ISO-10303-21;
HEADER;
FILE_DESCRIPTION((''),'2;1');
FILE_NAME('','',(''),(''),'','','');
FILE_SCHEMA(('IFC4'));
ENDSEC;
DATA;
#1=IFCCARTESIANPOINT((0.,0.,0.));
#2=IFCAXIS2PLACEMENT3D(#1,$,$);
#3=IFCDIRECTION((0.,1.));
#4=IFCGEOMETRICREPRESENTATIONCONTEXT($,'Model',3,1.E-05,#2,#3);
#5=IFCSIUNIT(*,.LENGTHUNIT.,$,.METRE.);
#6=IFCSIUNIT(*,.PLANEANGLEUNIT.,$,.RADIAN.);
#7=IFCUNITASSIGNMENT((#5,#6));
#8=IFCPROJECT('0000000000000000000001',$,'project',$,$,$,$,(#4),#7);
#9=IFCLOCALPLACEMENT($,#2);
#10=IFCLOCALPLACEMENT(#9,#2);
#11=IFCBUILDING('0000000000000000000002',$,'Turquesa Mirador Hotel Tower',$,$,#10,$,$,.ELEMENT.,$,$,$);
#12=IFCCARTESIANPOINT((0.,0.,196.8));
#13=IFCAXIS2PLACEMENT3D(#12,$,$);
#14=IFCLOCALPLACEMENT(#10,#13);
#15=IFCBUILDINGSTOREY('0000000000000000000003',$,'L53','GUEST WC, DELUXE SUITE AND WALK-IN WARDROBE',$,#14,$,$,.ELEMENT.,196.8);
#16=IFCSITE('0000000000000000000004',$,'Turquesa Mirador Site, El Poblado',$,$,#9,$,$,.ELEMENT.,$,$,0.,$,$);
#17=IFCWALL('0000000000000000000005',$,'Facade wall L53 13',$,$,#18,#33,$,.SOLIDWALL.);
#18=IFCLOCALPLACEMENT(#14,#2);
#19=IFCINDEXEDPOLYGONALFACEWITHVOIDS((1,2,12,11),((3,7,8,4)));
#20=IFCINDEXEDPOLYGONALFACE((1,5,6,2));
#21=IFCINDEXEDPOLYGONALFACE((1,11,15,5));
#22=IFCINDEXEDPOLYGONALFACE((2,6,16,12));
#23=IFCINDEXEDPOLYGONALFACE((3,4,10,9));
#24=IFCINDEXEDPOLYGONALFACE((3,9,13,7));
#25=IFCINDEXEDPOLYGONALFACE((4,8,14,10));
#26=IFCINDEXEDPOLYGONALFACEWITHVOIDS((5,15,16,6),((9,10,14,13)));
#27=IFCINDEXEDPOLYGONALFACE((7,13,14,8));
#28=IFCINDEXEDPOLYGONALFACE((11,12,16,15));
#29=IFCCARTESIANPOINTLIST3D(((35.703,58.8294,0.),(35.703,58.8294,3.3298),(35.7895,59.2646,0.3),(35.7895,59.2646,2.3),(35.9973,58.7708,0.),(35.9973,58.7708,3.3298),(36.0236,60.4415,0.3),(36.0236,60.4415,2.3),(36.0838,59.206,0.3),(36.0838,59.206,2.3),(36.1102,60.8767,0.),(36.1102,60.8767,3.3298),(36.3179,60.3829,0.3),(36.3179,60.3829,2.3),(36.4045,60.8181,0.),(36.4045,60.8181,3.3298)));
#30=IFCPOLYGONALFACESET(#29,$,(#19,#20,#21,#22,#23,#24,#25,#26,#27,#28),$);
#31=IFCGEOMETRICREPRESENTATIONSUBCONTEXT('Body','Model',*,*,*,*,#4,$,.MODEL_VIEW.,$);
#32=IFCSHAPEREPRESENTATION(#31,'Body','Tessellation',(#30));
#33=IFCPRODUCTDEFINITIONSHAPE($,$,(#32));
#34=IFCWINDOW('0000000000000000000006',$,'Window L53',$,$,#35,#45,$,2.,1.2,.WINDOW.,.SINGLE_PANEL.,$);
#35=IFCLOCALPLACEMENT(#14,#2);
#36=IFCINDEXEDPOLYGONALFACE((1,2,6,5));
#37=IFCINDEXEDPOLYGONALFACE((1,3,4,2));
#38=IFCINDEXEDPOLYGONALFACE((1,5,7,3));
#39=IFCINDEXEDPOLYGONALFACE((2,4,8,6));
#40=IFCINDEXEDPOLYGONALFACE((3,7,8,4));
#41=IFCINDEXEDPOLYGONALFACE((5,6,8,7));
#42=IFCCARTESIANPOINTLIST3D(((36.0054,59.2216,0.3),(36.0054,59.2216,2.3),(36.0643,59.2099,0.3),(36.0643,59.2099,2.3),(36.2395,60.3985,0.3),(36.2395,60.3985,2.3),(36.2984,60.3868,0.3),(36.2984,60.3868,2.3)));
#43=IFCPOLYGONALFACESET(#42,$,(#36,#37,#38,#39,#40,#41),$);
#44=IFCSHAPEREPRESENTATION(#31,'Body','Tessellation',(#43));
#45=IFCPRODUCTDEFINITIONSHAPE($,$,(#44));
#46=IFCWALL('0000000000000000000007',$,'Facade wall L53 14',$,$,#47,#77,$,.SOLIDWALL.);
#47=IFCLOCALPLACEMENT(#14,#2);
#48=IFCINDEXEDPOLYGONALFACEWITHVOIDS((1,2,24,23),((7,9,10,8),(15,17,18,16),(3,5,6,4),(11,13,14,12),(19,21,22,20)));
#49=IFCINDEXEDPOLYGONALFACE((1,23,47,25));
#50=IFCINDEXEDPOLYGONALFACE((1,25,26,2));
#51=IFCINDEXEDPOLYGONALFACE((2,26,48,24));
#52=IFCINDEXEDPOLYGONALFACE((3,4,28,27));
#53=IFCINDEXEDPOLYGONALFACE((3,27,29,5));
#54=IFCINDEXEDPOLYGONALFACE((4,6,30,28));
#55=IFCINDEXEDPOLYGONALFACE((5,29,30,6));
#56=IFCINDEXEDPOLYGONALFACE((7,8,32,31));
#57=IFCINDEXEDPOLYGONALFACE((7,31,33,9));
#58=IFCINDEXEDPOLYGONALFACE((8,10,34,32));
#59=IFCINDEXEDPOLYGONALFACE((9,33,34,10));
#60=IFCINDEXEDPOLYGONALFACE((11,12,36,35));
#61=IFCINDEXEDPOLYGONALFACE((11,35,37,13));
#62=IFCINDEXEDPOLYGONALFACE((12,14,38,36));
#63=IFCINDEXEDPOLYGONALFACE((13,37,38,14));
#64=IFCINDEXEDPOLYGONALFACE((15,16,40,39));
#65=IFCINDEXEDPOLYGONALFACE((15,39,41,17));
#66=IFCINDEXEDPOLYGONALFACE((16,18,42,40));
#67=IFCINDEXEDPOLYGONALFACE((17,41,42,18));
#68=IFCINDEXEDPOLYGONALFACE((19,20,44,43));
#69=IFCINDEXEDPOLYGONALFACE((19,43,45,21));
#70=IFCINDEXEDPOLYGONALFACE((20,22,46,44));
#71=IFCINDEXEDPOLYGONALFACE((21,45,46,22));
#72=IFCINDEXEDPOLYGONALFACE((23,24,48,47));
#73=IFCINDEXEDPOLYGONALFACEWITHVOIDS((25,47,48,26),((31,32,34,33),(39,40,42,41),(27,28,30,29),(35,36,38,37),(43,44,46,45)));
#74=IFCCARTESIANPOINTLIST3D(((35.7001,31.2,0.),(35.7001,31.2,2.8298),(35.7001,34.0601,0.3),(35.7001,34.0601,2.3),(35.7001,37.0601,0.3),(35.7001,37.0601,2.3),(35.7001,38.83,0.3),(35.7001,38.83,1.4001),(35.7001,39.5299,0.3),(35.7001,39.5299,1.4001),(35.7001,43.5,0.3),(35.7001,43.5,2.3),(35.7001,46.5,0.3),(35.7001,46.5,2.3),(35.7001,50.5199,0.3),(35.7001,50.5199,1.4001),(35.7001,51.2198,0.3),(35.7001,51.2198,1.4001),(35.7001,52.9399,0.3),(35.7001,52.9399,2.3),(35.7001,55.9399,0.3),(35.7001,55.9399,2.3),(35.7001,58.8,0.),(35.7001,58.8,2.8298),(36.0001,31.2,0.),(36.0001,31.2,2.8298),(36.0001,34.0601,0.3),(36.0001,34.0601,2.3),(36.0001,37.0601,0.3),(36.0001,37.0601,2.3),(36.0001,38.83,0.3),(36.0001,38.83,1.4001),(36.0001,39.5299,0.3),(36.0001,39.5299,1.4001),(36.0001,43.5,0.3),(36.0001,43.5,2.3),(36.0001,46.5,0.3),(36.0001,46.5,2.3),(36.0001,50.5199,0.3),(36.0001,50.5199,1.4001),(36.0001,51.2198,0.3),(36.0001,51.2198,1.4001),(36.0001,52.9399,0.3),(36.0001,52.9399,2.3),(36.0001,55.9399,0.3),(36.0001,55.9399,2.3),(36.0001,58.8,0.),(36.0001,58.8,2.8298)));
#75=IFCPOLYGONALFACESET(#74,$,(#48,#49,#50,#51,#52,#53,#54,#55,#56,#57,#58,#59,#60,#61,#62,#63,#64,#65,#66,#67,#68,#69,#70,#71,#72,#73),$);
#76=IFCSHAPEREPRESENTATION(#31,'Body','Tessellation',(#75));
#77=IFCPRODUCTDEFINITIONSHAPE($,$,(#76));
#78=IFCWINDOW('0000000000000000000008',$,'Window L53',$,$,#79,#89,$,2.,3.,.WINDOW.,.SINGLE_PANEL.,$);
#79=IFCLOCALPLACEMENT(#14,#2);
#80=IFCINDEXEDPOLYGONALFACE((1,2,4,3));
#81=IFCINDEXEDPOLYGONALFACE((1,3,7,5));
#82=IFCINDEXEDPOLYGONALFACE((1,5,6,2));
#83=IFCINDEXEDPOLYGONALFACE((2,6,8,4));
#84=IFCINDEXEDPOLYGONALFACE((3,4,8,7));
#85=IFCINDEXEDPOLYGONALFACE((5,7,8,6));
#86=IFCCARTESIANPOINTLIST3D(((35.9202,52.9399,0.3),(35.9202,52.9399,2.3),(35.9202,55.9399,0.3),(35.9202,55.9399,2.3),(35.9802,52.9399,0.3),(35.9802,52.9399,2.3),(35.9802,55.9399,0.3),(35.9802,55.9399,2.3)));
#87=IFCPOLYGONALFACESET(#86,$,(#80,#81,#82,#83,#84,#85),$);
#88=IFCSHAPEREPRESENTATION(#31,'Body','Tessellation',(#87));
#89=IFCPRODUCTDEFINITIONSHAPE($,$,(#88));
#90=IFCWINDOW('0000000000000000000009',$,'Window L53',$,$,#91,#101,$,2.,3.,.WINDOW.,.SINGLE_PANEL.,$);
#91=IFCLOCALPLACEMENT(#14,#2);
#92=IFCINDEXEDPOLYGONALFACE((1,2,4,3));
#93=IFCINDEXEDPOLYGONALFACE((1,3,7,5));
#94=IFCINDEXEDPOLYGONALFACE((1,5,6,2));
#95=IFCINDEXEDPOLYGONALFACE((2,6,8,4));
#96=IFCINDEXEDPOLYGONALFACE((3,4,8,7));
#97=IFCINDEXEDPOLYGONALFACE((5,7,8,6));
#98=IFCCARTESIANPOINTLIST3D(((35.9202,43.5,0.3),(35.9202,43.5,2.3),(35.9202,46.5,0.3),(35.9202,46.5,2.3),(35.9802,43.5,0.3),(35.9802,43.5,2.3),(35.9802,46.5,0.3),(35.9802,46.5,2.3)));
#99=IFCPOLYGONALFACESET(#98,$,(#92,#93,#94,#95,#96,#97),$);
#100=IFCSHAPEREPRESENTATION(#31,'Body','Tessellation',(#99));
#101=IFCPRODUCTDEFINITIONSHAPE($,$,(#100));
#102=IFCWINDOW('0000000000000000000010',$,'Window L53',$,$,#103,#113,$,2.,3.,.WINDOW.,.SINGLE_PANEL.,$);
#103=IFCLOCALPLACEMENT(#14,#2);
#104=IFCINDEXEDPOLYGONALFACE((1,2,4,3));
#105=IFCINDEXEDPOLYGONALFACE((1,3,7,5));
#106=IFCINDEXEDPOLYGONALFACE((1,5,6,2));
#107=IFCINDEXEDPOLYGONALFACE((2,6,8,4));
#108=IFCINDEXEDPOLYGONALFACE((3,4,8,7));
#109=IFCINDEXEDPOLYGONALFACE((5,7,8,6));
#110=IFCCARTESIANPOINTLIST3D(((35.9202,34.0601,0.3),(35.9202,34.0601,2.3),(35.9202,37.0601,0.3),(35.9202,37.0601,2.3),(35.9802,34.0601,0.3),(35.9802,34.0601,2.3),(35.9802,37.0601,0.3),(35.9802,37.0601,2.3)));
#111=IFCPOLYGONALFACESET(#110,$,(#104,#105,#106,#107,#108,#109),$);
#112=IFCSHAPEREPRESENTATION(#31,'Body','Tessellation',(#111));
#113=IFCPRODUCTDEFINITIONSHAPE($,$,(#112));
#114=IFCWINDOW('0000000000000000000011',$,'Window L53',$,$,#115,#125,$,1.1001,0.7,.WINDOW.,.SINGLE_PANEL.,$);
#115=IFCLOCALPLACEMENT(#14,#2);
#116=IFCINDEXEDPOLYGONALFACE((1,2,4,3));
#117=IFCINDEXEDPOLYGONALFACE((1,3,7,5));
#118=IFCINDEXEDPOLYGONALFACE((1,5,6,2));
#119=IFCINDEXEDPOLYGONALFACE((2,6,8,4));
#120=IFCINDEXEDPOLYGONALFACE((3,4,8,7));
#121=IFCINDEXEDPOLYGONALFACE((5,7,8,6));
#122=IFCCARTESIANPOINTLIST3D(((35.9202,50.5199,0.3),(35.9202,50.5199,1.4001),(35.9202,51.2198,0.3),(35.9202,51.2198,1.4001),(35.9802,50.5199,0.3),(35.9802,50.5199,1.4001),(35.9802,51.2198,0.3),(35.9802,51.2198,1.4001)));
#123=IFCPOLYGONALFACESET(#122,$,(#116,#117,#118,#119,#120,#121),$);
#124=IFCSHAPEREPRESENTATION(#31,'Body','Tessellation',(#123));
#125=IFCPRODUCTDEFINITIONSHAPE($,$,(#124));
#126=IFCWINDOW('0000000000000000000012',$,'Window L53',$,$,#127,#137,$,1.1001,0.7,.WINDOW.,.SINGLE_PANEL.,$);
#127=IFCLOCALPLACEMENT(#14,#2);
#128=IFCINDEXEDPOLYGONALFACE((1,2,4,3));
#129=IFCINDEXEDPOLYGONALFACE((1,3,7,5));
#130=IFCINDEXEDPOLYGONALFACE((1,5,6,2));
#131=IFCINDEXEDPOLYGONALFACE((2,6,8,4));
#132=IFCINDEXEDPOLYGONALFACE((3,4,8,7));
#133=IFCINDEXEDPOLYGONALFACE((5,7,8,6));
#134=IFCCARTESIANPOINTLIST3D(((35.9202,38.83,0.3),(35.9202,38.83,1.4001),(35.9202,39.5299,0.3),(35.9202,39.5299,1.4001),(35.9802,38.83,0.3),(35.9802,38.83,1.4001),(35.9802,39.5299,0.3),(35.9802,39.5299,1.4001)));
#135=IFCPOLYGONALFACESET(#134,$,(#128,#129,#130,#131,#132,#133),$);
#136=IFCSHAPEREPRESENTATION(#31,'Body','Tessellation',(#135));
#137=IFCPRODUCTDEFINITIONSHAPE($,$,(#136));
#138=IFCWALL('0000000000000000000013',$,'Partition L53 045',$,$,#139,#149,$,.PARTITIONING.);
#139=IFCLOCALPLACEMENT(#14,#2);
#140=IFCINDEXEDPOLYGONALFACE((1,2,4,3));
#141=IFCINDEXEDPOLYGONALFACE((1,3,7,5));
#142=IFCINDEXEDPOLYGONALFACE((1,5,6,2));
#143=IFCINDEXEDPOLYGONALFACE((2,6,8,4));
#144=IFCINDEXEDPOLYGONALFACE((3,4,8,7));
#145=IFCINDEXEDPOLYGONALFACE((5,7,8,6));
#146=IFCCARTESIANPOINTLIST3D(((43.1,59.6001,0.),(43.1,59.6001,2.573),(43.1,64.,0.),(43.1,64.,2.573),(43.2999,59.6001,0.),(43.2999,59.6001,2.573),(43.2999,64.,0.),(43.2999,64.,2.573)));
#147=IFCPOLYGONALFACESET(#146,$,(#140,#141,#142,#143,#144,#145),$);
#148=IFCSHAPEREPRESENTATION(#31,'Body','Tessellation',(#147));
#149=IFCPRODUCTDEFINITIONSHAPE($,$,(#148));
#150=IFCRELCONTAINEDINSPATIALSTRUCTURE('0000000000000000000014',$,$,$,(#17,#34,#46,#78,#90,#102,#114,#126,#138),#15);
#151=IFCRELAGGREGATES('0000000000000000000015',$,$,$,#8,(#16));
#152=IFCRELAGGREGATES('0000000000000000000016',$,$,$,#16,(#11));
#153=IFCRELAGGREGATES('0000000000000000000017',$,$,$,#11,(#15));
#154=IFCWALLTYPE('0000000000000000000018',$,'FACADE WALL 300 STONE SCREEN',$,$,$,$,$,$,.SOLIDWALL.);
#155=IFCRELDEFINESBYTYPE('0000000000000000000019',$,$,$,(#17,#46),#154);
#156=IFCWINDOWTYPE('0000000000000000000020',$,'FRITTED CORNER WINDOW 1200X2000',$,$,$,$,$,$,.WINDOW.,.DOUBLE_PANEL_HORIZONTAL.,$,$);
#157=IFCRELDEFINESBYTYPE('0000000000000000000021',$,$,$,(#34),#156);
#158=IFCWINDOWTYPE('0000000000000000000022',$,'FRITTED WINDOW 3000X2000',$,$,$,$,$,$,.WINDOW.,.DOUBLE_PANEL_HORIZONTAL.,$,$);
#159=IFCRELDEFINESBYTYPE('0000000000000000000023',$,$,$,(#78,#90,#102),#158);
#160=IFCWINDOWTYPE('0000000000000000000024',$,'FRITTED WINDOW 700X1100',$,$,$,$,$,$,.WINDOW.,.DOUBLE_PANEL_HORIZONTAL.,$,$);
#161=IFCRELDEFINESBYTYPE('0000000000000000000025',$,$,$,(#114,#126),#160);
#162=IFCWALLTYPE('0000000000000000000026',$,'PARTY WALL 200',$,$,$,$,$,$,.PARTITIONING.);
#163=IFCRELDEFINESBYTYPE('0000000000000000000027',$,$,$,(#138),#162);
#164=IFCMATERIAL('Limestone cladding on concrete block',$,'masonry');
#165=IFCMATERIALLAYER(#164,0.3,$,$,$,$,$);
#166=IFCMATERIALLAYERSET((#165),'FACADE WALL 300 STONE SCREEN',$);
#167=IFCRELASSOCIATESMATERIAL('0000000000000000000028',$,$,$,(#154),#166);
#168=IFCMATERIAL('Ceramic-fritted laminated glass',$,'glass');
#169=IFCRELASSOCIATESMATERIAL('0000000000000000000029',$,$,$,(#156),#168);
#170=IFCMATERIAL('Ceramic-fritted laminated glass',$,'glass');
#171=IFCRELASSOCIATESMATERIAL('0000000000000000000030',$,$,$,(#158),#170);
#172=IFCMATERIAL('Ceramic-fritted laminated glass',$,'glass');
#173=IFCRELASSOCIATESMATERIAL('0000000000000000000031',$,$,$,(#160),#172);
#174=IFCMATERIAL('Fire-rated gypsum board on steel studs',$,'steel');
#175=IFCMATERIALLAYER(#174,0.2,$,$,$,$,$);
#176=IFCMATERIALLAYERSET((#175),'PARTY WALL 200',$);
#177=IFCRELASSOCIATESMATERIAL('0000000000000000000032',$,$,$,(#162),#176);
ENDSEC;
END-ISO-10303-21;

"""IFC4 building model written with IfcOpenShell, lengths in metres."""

from ifc_helpers import new_model, si_unit, direction, frame, frame_2d, origin, place, context, subcontext, project, spatial, rectangle, extrude, material, layer, layer_set, type_object, element, fill, save


model = new_model("IFC4")

# Units and contexts
model_context = context("Model", 3, precision=1e-05, world=origin(), true_north=direction((0.0, 1.0)))
body_context = subcontext(model_context, "Body", "Model", "MODEL_VIEW")
ifc_project = project(units=[si_unit("LENGTHUNIT", "METRE"), si_unit("PLANEANGLEUNIT", "RADIAN")], contexts=[model_context])

# Site, building, storey
site_placement = place(None, origin())
site = spatial("IfcSite", under=ifc_project, at=site_placement, Name="Turquesa Mirador Site, El Poblado", CompositionType="ELEMENT", RefElevation=0.0)
building_placement = place(site_placement, origin())
building = spatial("IfcBuilding", under=site, at=building_placement, Name="Turquesa Mirador Hotel Tower", CompositionType="ELEMENT")
storey_placement = place(building_placement, frame((0.0, 0.0, 196.8)))
storey = spatial("IfcBuildingStorey", under=building, at=storey_placement, Name="L53", Description="GUEST WC, DELUXE SUITE AND WALK-IN WARDROBE", CompositionType="ELEMENT", Elevation=196.8)

# Wall, opening, window
ifc_material_1 = material(Name="Limestone cladding on concrete block", Category="masonry")
ifc_layer_1 = layer(ifc_material_1, 0.3)
ifc_layer_set_1 = layer_set([ifc_layer_1], Name="FACADE WALL 300 STONE SCREEN")
wall_type_1 = type_object("IfcWallType", Name="FACADE WALL 300 STONE SCREEN", PredefinedType="SOLIDWALL", material=ifc_layer_set_1)
ifc_material_2 = material(Name="Ceramic-fritted laminated glass", Category="glass")
window_type_1 = type_object("IfcWindowType", Name="FRITTED CORNER WINDOW 1200X2000", PartitioningType="DOUBLE_PANEL_HORIZONTAL", PredefinedType="WINDOW", material=ifc_material_2)
wall_1_placement = place(storey_placement, frame((36.2573, 60.8474, 0.0), z_axis=(0.0, 0.0, 1.0), x_axis=(-0.195081, -0.980787, 0.0)))
wall_1 = element("IfcWall", 1, at=wall_1_placement, inside=storey, type_object=wall_type_1, Name="Facade wall L53 13", PredefinedType="SOLIDWALL", context=body_context, shape_type="SweptSolid", body=[
    extrude(rectangle(XDim=2.0874, YDim=0.3, at=frame_2d((1.0437, 0.0))), origin(), (0.0, 0.0, 1.0), 3.3298),
])
opening_1_placement = place(wall_1_placement, frame((0.4436, 0.0, 0.3)))
opening_1 = element("IfcOpeningElement", 2, at=opening_1_placement, cuts=wall_1, PredefinedType="OPENING", context=body_context, shape_type="SweptSolid", body=[
    extrude(rectangle(XDim=1.2, YDim=2.0, at=frame_2d((0.6001, 1.0))), frame((0.0, 0.1599, 0.0), z_axis=(0.0, -1.0, 0.0), x_axis=(1.0, 0.0, 0.0)), (0.0, 0.0, 1.0), 0.3201),
])
window_1_placement = place(opening_1_placement, origin())
window_1 = element("IfcWindow", 3, at=window_1_placement, inside=storey, type_object=window_type_1, Name="Window L53", OverallHeight=2.0, OverallWidth=1.2, PartitioningType="SINGLE_PANEL", PredefinedType="WINDOW", context=body_context, shape_type="SweptSolid", body=[
    extrude(rectangle(XDim=1.2, YDim=2.0, at=frame_2d((0.6001, 1.0))), frame((0.0, 0.1301, 0.0), z_axis=(0.0, -1.0, 0.0), x_axis=(1.0, 0.0, 0.0)), (0.0, 0.0, 1.0), 0.0601),
])
fill(opening_1, window_1)

# Wall, openings, windows
wall_2_placement = place(storey_placement, frame((35.8501, 58.8, 0.0), z_axis=(0.0, 0.0, 1.0), x_axis=(0.0, -1.0, 0.0)))
wall_2 = element("IfcWall", 4, at=wall_2_placement, inside=storey, type_object=wall_type_1, Name="Facade wall L53 14", PredefinedType="SOLIDWALL", context=body_context, shape_type="SweptSolid", body=[
    extrude(rectangle(XDim=27.6001, YDim=0.3, at=frame_2d((13.8, 0.0))), origin(), (0.0, 0.0, 1.0), 2.8298),
])
opening_2_placement = place(wall_2_placement, frame((2.8601, 0.0, 0.3)))
opening_2 = element("IfcOpeningElement", 5, at=opening_2_placement, cuts=wall_2, PredefinedType="OPENING", context=body_context, shape_type="SweptSolid", body=[
    extrude(rectangle(XDim=3.0, YDim=2.0, at=frame_2d((1.5, 1.0))), frame((0.0, 0.1599, 0.0), z_axis=(0.0, -1.0, 0.0), x_axis=(1.0, 0.0, 0.0)), (0.0, 0.0, 1.0), 0.3201),
])
opening_3_placement = place(wall_2_placement, frame((7.5801, 0.0, 0.3)))
opening_3 = element("IfcOpeningElement", 6, at=opening_3_placement, cuts=wall_2, PredefinedType="OPENING", context=body_context, shape_type="SweptSolid", body=[
    extrude(rectangle(XDim=0.7, YDim=1.1001, at=frame_2d((0.3501, 0.55))), frame((0.0, 0.1599, 0.0), z_axis=(0.0, -1.0, 0.0), x_axis=(1.0, 0.0, 0.0)), (0.0, 0.0, 1.0), 0.3201),
])
opening_4_placement = place(wall_2_placement, frame((12.3, 0.0, 0.3)))
opening_4 = element("IfcOpeningElement", 7, at=opening_4_placement, cuts=wall_2, PredefinedType="OPENING", context=body_context, shape_type="SweptSolid", body=[
    extrude(rectangle(XDim=3.0, YDim=2.0, at=frame_2d((1.5, 1.0))), frame((0.0, 0.1599, 0.0), z_axis=(0.0, -1.0, 0.0), x_axis=(1.0, 0.0, 0.0)), (0.0, 0.0, 1.0), 0.3201),
])
opening_5_placement = place(wall_2_placement, frame((19.27, 0.0, 0.3)))
opening_5 = element("IfcOpeningElement", 8, at=opening_5_placement, cuts=wall_2, PredefinedType="OPENING", context=body_context, shape_type="SweptSolid", body=[
    extrude(rectangle(XDim=0.7, YDim=1.1001, at=frame_2d((0.3501, 0.55))), frame((0.0, 0.1599, 0.0), z_axis=(0.0, -1.0, 0.0), x_axis=(1.0, 0.0, 0.0)), (0.0, 0.0, 1.0), 0.3201),
])
opening_6_placement = place(wall_2_placement, frame((21.74, 0.0, 0.3)))
opening_6 = element("IfcOpeningElement", 9, at=opening_6_placement, cuts=wall_2, PredefinedType="OPENING", context=body_context, shape_type="SweptSolid", body=[
    extrude(rectangle(XDim=3.0, YDim=2.0, at=frame_2d((1.5, 1.0))), frame((0.0, 0.1599, 0.0), z_axis=(0.0, -1.0, 0.0), x_axis=(1.0, 0.0, 0.0)), (0.0, 0.0, 1.0), 0.3201),
])
ifc_material_3 = material(Name="Ceramic-fritted laminated glass", Category="glass")
window_type_2 = type_object("IfcWindowType", Name="FRITTED WINDOW 3000X2000", PartitioningType="DOUBLE_PANEL_HORIZONTAL", PredefinedType="WINDOW", material=ifc_material_3)
window_2_placement = place(opening_2_placement, origin())
window_2 = element("IfcWindow", 10, at=window_2_placement, inside=storey, type_object=window_type_2, Name="Window L53", OverallHeight=2.0, OverallWidth=3.0, PartitioningType="SINGLE_PANEL", PredefinedType="WINDOW", context=body_context, shape_type="SweptSolid", body=[
    extrude(rectangle(XDim=3.0, YDim=2.0, at=frame_2d((1.5, 1.0))), frame((0.0, 0.1301, 0.0), z_axis=(0.0, -1.0, 0.0), x_axis=(1.0, 0.0, 0.0)), (0.0, 0.0, 1.0), 0.0601),
])
fill(opening_2, window_2)
window_3_placement = place(opening_4_placement, origin())
window_3 = element("IfcWindow", 11, at=window_3_placement, inside=storey, type_object=window_type_2, Name="Window L53", OverallHeight=2.0, OverallWidth=3.0, PartitioningType="SINGLE_PANEL", PredefinedType="WINDOW", context=body_context, shape_type="SweptSolid", body=[
    extrude(rectangle(XDim=3.0, YDim=2.0, at=frame_2d((1.5, 1.0))), frame((0.0, 0.1301, 0.0), z_axis=(0.0, -1.0, 0.0), x_axis=(1.0, 0.0, 0.0)), (0.0, 0.0, 1.0), 0.0601),
])
fill(opening_4, window_3)
window_4_placement = place(opening_6_placement, origin())
window_4 = element("IfcWindow", 12, at=window_4_placement, inside=storey, type_object=window_type_2, Name="Window L53", OverallHeight=2.0, OverallWidth=3.0, PartitioningType="SINGLE_PANEL", PredefinedType="WINDOW", context=body_context, shape_type="SweptSolid", body=[
    extrude(rectangle(XDim=3.0, YDim=2.0, at=frame_2d((1.5, 1.0))), frame((0.0, 0.1301, 0.0), z_axis=(0.0, -1.0, 0.0), x_axis=(1.0, 0.0, 0.0)), (0.0, 0.0, 1.0), 0.0601),
])
fill(opening_6, window_4)
ifc_material_4 = material(Name="Ceramic-fritted laminated glass", Category="glass")
window_type_3 = type_object("IfcWindowType", Name="FRITTED WINDOW 700X1100", PartitioningType="DOUBLE_PANEL_HORIZONTAL", PredefinedType="WINDOW", material=ifc_material_4)
window_5_placement = place(opening_3_placement, origin())
window_5 = element("IfcWindow", 13, at=window_5_placement, inside=storey, type_object=window_type_3, Name="Window L53", OverallHeight=1.1001, OverallWidth=0.7, PartitioningType="SINGLE_PANEL", PredefinedType="WINDOW", context=body_context, shape_type="SweptSolid", body=[
    extrude(rectangle(XDim=0.7, YDim=1.1001, at=frame_2d((0.3501, 0.55))), frame((0.0, 0.1301, 0.0), z_axis=(0.0, -1.0, 0.0), x_axis=(1.0, 0.0, 0.0)), (0.0, 0.0, 1.0), 0.0601),
])
fill(opening_3, window_5)
window_6_placement = place(opening_5_placement, origin())
window_6 = element("IfcWindow", 14, at=window_6_placement, inside=storey, type_object=window_type_3, Name="Window L53", OverallHeight=1.1001, OverallWidth=0.7, PartitioningType="SINGLE_PANEL", PredefinedType="WINDOW", context=body_context, shape_type="SweptSolid", body=[
    extrude(rectangle(XDim=0.7, YDim=1.1001, at=frame_2d((0.3501, 0.55))), frame((0.0, 0.1301, 0.0), z_axis=(0.0, -1.0, 0.0), x_axis=(1.0, 0.0, 0.0)), (0.0, 0.0, 1.0), 0.0601),
])
fill(opening_5, window_6)

# Wall
ifc_material_5 = material(Name="Fire-rated gypsum board on steel studs", Category="steel")
ifc_layer_2 = layer(ifc_material_5, 0.2)
ifc_layer_set_2 = layer_set([ifc_layer_2], Name="PARTY WALL 200")
wall_type_2 = type_object("IfcWallType", Name="PARTY WALL 200", PredefinedType="PARTITIONING", material=ifc_layer_set_2)
wall_3_placement = place(storey_placement, frame((43.2, 59.6001, 0.0), z_axis=(0.0, 0.0, 1.0), x_axis=(0.0, 1.0, 0.0)))
element("IfcWall", 15, at=wall_3_placement, inside=storey, type_object=wall_type_2, Name="Partition L53 045", PredefinedType="PARTITIONING", context=body_context, shape_type="SweptSolid", body=[
    extrude(rectangle(XDim=4.3999, YDim=0.2, at=frame_2d((2.2, 0.0))), origin(), (0.0, 0.0, 1.0), 2.573),
])

save(model, "model.ifc")
